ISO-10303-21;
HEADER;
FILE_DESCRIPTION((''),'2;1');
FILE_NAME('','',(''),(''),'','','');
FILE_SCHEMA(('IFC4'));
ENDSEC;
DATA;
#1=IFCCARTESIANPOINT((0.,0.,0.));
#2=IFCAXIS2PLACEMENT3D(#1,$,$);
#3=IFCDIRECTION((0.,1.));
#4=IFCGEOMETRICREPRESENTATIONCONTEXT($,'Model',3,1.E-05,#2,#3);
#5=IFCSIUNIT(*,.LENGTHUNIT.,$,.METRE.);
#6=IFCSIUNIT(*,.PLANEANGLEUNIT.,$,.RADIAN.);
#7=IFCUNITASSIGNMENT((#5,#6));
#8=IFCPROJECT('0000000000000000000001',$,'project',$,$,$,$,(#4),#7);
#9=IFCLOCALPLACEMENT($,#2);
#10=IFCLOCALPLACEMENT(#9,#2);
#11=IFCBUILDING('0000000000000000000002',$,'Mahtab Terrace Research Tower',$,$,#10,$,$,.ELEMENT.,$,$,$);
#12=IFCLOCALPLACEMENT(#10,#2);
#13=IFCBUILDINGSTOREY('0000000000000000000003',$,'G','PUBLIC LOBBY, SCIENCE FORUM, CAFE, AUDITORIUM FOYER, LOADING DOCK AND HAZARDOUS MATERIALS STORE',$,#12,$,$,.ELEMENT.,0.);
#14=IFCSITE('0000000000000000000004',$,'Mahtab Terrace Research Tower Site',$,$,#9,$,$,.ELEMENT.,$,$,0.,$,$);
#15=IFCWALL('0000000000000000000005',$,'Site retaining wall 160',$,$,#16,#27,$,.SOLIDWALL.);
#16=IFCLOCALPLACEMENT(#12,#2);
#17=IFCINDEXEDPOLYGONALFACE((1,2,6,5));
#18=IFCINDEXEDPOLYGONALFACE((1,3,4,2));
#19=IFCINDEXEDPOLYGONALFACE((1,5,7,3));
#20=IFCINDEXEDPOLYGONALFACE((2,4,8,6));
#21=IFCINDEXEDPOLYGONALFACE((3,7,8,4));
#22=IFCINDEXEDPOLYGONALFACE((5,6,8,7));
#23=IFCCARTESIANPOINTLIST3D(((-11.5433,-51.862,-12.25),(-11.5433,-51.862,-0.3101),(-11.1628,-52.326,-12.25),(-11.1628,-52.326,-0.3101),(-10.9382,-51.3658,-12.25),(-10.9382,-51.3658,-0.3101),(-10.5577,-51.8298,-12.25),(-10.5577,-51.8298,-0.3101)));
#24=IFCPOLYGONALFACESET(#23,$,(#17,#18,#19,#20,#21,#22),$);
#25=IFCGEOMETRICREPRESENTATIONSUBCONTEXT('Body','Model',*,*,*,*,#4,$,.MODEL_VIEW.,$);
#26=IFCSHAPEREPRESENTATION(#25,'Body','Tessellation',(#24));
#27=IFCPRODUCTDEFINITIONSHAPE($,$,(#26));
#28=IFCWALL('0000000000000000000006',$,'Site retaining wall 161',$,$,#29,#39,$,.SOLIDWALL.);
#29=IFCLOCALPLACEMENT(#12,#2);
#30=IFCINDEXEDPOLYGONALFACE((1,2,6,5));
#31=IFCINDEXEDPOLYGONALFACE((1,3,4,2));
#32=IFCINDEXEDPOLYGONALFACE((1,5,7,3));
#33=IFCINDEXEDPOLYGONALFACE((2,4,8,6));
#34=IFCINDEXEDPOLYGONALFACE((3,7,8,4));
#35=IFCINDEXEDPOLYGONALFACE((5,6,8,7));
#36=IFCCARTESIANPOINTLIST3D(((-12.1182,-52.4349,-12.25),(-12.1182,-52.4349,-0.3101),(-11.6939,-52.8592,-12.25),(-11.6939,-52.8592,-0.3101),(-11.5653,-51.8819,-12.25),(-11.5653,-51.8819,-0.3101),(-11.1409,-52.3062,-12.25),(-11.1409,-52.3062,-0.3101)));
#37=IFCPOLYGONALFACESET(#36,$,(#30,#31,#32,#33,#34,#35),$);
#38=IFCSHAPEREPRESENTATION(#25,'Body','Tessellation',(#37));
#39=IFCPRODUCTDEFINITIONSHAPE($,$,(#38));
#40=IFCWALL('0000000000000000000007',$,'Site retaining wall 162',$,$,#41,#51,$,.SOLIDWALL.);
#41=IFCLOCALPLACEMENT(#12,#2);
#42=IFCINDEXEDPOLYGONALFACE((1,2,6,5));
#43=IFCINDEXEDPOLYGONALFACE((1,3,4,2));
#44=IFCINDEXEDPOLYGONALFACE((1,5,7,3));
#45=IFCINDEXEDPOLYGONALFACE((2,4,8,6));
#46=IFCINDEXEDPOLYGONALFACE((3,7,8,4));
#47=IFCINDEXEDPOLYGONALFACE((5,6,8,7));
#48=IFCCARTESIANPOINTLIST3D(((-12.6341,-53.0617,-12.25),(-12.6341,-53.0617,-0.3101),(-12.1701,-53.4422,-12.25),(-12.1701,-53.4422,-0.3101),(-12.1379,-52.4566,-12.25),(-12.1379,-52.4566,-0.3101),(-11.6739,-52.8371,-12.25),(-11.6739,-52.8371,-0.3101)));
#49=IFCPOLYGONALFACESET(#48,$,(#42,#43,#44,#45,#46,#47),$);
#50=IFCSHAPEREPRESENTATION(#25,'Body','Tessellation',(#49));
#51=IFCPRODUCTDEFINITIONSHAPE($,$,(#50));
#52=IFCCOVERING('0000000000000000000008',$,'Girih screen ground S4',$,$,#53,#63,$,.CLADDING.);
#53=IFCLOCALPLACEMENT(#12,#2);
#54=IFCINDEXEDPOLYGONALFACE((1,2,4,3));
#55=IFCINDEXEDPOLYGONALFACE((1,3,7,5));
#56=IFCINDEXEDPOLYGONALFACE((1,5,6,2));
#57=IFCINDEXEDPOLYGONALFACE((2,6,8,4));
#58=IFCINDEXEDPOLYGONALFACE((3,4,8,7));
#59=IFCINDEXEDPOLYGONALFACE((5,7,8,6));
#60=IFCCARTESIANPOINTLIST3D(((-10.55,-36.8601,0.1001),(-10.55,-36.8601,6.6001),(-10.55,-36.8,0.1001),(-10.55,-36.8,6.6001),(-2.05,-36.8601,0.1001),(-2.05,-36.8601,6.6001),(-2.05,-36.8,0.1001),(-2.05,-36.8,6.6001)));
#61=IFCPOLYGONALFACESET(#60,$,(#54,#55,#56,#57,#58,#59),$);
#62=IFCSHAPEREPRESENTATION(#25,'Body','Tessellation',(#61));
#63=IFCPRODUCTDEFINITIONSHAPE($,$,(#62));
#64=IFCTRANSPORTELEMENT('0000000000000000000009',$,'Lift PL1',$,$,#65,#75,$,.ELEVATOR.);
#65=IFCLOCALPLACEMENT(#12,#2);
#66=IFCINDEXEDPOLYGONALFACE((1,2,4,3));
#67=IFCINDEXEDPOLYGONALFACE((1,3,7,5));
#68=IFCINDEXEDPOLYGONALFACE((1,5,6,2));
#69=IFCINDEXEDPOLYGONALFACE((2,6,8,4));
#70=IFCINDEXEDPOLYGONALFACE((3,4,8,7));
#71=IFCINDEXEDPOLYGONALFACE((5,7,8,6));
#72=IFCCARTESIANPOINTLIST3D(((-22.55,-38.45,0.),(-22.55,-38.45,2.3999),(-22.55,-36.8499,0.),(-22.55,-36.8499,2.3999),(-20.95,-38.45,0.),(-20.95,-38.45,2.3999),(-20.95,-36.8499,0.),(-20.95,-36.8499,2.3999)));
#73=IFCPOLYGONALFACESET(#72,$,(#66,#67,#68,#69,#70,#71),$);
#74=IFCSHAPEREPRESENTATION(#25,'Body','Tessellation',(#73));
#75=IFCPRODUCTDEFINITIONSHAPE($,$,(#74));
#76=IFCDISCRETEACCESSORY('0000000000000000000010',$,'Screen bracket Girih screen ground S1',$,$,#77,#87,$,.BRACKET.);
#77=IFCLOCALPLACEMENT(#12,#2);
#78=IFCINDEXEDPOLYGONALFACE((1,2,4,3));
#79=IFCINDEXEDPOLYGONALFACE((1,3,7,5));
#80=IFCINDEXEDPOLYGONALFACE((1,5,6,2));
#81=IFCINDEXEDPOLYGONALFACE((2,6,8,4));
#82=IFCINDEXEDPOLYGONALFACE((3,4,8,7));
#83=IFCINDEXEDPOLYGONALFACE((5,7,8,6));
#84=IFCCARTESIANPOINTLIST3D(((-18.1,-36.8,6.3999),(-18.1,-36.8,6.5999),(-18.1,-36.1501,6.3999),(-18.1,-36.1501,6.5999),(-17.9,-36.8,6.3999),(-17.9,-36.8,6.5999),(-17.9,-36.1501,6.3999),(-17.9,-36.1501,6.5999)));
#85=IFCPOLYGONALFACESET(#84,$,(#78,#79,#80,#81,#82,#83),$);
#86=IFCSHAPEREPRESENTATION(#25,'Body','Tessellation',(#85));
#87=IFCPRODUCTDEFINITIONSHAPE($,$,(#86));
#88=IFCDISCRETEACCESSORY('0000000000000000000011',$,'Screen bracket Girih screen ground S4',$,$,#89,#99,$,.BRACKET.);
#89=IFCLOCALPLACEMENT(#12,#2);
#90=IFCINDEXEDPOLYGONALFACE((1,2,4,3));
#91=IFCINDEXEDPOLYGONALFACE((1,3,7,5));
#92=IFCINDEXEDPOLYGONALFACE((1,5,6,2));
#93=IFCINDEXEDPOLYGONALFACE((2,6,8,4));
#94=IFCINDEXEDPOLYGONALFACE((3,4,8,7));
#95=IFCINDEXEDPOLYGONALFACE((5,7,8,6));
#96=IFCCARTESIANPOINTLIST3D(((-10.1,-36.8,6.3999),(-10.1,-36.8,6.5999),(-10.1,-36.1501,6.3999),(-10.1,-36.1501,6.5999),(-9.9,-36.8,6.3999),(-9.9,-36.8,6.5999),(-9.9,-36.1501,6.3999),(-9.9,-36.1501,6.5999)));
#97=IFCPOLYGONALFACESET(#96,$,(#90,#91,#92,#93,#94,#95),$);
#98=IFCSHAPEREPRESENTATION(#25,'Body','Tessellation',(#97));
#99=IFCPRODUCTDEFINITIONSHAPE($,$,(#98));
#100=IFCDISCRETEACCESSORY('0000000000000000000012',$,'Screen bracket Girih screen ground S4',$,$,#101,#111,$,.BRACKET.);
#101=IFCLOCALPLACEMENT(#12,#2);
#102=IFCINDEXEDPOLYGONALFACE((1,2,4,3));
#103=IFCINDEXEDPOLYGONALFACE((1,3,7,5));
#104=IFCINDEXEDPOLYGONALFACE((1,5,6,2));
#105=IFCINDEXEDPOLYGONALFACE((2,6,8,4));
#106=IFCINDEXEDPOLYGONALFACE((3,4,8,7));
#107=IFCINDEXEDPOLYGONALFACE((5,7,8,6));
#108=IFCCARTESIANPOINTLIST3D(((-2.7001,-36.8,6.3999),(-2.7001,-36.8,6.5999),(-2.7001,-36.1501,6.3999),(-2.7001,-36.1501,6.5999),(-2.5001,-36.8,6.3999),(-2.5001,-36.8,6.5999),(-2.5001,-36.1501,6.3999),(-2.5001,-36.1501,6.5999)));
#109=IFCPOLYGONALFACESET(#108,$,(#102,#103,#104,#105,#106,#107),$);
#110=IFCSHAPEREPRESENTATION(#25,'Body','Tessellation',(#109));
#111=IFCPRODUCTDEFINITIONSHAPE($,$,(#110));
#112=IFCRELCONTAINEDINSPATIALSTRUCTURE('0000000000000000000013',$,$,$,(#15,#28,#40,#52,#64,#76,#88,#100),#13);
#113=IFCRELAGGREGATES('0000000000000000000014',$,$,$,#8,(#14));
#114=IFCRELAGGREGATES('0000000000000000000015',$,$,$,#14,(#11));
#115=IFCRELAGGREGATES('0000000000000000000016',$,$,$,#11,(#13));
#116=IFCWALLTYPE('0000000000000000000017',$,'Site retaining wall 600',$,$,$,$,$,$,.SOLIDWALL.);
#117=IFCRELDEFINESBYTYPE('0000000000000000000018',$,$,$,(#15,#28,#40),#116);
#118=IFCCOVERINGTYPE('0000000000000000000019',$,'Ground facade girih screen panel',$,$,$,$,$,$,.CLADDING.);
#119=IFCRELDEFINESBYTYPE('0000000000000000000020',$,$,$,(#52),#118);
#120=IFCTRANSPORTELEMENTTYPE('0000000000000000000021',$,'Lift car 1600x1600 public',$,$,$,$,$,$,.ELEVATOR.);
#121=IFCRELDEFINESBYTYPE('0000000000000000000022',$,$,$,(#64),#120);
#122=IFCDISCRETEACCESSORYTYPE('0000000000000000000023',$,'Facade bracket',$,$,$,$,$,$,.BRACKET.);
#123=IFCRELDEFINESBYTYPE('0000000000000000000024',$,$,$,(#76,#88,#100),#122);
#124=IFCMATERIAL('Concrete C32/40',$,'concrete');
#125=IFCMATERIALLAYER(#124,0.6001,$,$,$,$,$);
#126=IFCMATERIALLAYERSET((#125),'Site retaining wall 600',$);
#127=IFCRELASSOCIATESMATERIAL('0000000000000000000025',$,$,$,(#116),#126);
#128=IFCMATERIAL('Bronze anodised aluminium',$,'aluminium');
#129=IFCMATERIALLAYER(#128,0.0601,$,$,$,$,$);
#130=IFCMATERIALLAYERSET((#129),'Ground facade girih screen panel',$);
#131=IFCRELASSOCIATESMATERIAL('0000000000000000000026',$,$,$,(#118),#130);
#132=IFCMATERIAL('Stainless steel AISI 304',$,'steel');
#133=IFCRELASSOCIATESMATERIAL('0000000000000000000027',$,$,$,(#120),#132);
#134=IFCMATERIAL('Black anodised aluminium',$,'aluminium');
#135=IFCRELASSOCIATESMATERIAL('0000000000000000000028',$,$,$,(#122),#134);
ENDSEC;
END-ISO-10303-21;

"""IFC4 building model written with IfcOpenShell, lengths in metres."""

from ifc_helpers import new_model, si_unit, direction, frame, frame_2d, origin, origin_2d, place, context, subcontext, project, spatial, rectangle, extrude, material, layer, layer_set, type_object, element, save


model = new_model("IFC4")

# Units and contexts
model_context = context("Model", 3, precision=1e-05, world=origin(), true_north=direction((0.0, 1.0)))
body_context = subcontext(model_context, "Body", "Model", "MODEL_VIEW")
ifc_project = project(units=[si_unit("LENGTHUNIT", "METRE"), si_unit("PLANEANGLEUNIT", "RADIAN")], contexts=[model_context])

# Site, building, storey
site_placement = place(None, origin())
site = spatial("IfcSite", under=ifc_project, at=site_placement, Name="Mahtab Terrace Research Tower Site", CompositionType="ELEMENT", RefElevation=0.0)
building_placement = place(site_placement, origin())
building = spatial("IfcBuilding", under=site, at=building_placement, Name="Mahtab Terrace Research Tower", CompositionType="ELEMENT")
storey_placement = place(building_placement, origin())
storey = spatial("IfcBuildingStorey", under=building, at=storey_placement, Name="G", Description="PUBLIC LOBBY, SCIENCE FORUM, CAFE, AUDITORIUM FOYER, LOADING DOCK AND HAZARDOUS MATERIALS STORE", CompositionType="ELEMENT", Elevation=0.0)

# Shared definitions
ifc_material_1 = material(Name="Stainless steel AISI 304", Category="steel")

# Walls
ifc_material_2 = material(Name="Concrete C32/40", Category="concrete")
ifc_layer_1 = layer(ifc_material_2, 0.6001)
ifc_layer_set_1 = layer_set([ifc_layer_1], Name="Site retaining wall 600")
wall_type_1 = type_object("IfcWallType", Name="Site retaining wall 600", PredefinedType="SOLIDWALL", material=ifc_layer_set_1)
wall_1_placement = place(storey_placement, frame((-10.748, -51.5979, -12.25), z_axis=(0.0, 0.0, 1.0), x_axis=(-0.773262, -0.634087, 0.0)))
element("IfcWall", 1, at=wall_1_placement, inside=storey, type_object=wall_type_1, Name="Site retaining wall 160", PredefinedType="SOLIDWALL", context=body_context, shape_type="SweptSolid", body=[
    extrude(rectangle(XDim=0.7825, YDim=0.6001, at=frame_2d((0.3911, 0.0))), origin(), (0.0, 0.0, 1.0), 11.9399),
])
wall_2_placement = place(storey_placement, frame((-11.353, -52.094, -12.25), z_axis=(0.0, 0.0, 1.0), x_axis=(-0.707107, -0.707107, 0.0)))
element("IfcWall", 2, at=wall_2_placement, inside=storey, type_object=wall_type_1, Name="Site retaining wall 161", PredefinedType="SOLIDWALL", context=body_context, shape_type="SweptSolid", body=[
    extrude(rectangle(XDim=0.782, YDim=0.6001, at=frame_2d((0.3911, 0.0))), origin(), (0.0, 0.0, 1.0), 11.9399),
])
wall_3_placement = place(storey_placement, frame((-11.906, -52.647, -12.25), z_axis=(0.0, 0.0, 1.0), x_axis=(-0.634087, -0.773262, 0.0)))
element("IfcWall", 3, at=wall_3_placement, inside=storey, type_object=wall_type_1, Name="Site retaining wall 162", PredefinedType="SOLIDWALL", context=body_context, shape_type="SweptSolid", body=[
    extrude(rectangle(XDim=0.7825, YDim=0.6001, at=frame_2d((0.3911, 0.0))), origin(), (0.0, 0.0, 1.0), 11.9399),
])

# Covering
ifc_material_3 = material(Name="Bronze anodised aluminium", Category="aluminium")
ifc_layer_2 = layer(ifc_material_3, 0.0601)
ifc_layer_set_2 = layer_set([ifc_layer_2], Name="Ground facade girih screen panel")
covering_type = type_object("IfcCoveringType", Name="Ground facade girih screen panel", PredefinedType="CLADDING", material=ifc_layer_set_2)
covering_placement = place(storey_placement, frame((-6.3, -36.8301, 0.1001), z_axis=(0.0, 0.0, 1.0), x_axis=(1.0, 0.0, 0.0)))
element("IfcCovering", 4, at=covering_placement, inside=storey, type_object=covering_type, Name="Girih screen ground S4", PredefinedType="CLADDING", context=body_context, shape_type="SweptSolid", body=[
    extrude(rectangle(XDim=8.5, YDim=0.0601, at=origin_2d()), origin(), (0.0, 0.0, 1.0), 6.5),
])

# Transport element
transport_element_type = type_object("IfcTransportElementType", Name="Lift car 1600x1600 public", PredefinedType="ELEVATOR", material=ifc_material_1)
transport_element_placement = place(storey_placement, frame((-21.75, -37.6499, 0.0), z_axis=(0.0, 0.0, 1.0), x_axis=(1.0, 0.0, 0.0)))
element("IfcTransportElement", 5, at=transport_element_placement, inside=storey, type_object=transport_element_type, Name="Lift PL1", PredefinedType="ELEVATOR", context=body_context, shape_type="SweptSolid", body=[
    extrude(rectangle(XDim=1.6001, YDim=1.6001, at=origin_2d()), origin(), (0.0, 0.0, 1.0), 2.3999),
])

# Discrete accessories
ifc_material_4 = material(Name="Black anodised aluminium", Category="aluminium")
discrete_accessory_type = type_object("IfcDiscreteAccessoryType", Name="Facade bracket", PredefinedType="BRACKET", material=ifc_material_4)
for number, where, z_axis, x_axis, name in (
    (6, (-18.0, -36.4751, 6.3999), (0.0, 0.0, 1.0), (1.0, 0.0, 0.0), "Screen bracket Girih screen ground S1"),
    (7, (-10.0, -36.4751, 6.3999), (0.0, 0.0, 1.0), (1.0, 0.0, 0.0), "Screen bracket Girih screen ground S4"),
    (8, (-2.6001, -36.4751, 6.3999), (0.0, 0.0, 1.0), (1.0, 0.0, 0.0), "Screen bracket Girih screen ground S4"),
):
    element("IfcDiscreteAccessory", number, at=place(storey_placement, frame(where, z_axis=z_axis, x_axis=x_axis)), inside=storey, type_object=discrete_accessory_type, Name=name, PredefinedType="BRACKET", context=body_context, shape_type="SweptSolid", body=[
        extrude(rectangle(XDim=0.2, YDim=0.6499, at=origin_2d()), origin(), (0.0, 0.0, 1.0), 0.2),
    ])

save(model, "model.ifc")
